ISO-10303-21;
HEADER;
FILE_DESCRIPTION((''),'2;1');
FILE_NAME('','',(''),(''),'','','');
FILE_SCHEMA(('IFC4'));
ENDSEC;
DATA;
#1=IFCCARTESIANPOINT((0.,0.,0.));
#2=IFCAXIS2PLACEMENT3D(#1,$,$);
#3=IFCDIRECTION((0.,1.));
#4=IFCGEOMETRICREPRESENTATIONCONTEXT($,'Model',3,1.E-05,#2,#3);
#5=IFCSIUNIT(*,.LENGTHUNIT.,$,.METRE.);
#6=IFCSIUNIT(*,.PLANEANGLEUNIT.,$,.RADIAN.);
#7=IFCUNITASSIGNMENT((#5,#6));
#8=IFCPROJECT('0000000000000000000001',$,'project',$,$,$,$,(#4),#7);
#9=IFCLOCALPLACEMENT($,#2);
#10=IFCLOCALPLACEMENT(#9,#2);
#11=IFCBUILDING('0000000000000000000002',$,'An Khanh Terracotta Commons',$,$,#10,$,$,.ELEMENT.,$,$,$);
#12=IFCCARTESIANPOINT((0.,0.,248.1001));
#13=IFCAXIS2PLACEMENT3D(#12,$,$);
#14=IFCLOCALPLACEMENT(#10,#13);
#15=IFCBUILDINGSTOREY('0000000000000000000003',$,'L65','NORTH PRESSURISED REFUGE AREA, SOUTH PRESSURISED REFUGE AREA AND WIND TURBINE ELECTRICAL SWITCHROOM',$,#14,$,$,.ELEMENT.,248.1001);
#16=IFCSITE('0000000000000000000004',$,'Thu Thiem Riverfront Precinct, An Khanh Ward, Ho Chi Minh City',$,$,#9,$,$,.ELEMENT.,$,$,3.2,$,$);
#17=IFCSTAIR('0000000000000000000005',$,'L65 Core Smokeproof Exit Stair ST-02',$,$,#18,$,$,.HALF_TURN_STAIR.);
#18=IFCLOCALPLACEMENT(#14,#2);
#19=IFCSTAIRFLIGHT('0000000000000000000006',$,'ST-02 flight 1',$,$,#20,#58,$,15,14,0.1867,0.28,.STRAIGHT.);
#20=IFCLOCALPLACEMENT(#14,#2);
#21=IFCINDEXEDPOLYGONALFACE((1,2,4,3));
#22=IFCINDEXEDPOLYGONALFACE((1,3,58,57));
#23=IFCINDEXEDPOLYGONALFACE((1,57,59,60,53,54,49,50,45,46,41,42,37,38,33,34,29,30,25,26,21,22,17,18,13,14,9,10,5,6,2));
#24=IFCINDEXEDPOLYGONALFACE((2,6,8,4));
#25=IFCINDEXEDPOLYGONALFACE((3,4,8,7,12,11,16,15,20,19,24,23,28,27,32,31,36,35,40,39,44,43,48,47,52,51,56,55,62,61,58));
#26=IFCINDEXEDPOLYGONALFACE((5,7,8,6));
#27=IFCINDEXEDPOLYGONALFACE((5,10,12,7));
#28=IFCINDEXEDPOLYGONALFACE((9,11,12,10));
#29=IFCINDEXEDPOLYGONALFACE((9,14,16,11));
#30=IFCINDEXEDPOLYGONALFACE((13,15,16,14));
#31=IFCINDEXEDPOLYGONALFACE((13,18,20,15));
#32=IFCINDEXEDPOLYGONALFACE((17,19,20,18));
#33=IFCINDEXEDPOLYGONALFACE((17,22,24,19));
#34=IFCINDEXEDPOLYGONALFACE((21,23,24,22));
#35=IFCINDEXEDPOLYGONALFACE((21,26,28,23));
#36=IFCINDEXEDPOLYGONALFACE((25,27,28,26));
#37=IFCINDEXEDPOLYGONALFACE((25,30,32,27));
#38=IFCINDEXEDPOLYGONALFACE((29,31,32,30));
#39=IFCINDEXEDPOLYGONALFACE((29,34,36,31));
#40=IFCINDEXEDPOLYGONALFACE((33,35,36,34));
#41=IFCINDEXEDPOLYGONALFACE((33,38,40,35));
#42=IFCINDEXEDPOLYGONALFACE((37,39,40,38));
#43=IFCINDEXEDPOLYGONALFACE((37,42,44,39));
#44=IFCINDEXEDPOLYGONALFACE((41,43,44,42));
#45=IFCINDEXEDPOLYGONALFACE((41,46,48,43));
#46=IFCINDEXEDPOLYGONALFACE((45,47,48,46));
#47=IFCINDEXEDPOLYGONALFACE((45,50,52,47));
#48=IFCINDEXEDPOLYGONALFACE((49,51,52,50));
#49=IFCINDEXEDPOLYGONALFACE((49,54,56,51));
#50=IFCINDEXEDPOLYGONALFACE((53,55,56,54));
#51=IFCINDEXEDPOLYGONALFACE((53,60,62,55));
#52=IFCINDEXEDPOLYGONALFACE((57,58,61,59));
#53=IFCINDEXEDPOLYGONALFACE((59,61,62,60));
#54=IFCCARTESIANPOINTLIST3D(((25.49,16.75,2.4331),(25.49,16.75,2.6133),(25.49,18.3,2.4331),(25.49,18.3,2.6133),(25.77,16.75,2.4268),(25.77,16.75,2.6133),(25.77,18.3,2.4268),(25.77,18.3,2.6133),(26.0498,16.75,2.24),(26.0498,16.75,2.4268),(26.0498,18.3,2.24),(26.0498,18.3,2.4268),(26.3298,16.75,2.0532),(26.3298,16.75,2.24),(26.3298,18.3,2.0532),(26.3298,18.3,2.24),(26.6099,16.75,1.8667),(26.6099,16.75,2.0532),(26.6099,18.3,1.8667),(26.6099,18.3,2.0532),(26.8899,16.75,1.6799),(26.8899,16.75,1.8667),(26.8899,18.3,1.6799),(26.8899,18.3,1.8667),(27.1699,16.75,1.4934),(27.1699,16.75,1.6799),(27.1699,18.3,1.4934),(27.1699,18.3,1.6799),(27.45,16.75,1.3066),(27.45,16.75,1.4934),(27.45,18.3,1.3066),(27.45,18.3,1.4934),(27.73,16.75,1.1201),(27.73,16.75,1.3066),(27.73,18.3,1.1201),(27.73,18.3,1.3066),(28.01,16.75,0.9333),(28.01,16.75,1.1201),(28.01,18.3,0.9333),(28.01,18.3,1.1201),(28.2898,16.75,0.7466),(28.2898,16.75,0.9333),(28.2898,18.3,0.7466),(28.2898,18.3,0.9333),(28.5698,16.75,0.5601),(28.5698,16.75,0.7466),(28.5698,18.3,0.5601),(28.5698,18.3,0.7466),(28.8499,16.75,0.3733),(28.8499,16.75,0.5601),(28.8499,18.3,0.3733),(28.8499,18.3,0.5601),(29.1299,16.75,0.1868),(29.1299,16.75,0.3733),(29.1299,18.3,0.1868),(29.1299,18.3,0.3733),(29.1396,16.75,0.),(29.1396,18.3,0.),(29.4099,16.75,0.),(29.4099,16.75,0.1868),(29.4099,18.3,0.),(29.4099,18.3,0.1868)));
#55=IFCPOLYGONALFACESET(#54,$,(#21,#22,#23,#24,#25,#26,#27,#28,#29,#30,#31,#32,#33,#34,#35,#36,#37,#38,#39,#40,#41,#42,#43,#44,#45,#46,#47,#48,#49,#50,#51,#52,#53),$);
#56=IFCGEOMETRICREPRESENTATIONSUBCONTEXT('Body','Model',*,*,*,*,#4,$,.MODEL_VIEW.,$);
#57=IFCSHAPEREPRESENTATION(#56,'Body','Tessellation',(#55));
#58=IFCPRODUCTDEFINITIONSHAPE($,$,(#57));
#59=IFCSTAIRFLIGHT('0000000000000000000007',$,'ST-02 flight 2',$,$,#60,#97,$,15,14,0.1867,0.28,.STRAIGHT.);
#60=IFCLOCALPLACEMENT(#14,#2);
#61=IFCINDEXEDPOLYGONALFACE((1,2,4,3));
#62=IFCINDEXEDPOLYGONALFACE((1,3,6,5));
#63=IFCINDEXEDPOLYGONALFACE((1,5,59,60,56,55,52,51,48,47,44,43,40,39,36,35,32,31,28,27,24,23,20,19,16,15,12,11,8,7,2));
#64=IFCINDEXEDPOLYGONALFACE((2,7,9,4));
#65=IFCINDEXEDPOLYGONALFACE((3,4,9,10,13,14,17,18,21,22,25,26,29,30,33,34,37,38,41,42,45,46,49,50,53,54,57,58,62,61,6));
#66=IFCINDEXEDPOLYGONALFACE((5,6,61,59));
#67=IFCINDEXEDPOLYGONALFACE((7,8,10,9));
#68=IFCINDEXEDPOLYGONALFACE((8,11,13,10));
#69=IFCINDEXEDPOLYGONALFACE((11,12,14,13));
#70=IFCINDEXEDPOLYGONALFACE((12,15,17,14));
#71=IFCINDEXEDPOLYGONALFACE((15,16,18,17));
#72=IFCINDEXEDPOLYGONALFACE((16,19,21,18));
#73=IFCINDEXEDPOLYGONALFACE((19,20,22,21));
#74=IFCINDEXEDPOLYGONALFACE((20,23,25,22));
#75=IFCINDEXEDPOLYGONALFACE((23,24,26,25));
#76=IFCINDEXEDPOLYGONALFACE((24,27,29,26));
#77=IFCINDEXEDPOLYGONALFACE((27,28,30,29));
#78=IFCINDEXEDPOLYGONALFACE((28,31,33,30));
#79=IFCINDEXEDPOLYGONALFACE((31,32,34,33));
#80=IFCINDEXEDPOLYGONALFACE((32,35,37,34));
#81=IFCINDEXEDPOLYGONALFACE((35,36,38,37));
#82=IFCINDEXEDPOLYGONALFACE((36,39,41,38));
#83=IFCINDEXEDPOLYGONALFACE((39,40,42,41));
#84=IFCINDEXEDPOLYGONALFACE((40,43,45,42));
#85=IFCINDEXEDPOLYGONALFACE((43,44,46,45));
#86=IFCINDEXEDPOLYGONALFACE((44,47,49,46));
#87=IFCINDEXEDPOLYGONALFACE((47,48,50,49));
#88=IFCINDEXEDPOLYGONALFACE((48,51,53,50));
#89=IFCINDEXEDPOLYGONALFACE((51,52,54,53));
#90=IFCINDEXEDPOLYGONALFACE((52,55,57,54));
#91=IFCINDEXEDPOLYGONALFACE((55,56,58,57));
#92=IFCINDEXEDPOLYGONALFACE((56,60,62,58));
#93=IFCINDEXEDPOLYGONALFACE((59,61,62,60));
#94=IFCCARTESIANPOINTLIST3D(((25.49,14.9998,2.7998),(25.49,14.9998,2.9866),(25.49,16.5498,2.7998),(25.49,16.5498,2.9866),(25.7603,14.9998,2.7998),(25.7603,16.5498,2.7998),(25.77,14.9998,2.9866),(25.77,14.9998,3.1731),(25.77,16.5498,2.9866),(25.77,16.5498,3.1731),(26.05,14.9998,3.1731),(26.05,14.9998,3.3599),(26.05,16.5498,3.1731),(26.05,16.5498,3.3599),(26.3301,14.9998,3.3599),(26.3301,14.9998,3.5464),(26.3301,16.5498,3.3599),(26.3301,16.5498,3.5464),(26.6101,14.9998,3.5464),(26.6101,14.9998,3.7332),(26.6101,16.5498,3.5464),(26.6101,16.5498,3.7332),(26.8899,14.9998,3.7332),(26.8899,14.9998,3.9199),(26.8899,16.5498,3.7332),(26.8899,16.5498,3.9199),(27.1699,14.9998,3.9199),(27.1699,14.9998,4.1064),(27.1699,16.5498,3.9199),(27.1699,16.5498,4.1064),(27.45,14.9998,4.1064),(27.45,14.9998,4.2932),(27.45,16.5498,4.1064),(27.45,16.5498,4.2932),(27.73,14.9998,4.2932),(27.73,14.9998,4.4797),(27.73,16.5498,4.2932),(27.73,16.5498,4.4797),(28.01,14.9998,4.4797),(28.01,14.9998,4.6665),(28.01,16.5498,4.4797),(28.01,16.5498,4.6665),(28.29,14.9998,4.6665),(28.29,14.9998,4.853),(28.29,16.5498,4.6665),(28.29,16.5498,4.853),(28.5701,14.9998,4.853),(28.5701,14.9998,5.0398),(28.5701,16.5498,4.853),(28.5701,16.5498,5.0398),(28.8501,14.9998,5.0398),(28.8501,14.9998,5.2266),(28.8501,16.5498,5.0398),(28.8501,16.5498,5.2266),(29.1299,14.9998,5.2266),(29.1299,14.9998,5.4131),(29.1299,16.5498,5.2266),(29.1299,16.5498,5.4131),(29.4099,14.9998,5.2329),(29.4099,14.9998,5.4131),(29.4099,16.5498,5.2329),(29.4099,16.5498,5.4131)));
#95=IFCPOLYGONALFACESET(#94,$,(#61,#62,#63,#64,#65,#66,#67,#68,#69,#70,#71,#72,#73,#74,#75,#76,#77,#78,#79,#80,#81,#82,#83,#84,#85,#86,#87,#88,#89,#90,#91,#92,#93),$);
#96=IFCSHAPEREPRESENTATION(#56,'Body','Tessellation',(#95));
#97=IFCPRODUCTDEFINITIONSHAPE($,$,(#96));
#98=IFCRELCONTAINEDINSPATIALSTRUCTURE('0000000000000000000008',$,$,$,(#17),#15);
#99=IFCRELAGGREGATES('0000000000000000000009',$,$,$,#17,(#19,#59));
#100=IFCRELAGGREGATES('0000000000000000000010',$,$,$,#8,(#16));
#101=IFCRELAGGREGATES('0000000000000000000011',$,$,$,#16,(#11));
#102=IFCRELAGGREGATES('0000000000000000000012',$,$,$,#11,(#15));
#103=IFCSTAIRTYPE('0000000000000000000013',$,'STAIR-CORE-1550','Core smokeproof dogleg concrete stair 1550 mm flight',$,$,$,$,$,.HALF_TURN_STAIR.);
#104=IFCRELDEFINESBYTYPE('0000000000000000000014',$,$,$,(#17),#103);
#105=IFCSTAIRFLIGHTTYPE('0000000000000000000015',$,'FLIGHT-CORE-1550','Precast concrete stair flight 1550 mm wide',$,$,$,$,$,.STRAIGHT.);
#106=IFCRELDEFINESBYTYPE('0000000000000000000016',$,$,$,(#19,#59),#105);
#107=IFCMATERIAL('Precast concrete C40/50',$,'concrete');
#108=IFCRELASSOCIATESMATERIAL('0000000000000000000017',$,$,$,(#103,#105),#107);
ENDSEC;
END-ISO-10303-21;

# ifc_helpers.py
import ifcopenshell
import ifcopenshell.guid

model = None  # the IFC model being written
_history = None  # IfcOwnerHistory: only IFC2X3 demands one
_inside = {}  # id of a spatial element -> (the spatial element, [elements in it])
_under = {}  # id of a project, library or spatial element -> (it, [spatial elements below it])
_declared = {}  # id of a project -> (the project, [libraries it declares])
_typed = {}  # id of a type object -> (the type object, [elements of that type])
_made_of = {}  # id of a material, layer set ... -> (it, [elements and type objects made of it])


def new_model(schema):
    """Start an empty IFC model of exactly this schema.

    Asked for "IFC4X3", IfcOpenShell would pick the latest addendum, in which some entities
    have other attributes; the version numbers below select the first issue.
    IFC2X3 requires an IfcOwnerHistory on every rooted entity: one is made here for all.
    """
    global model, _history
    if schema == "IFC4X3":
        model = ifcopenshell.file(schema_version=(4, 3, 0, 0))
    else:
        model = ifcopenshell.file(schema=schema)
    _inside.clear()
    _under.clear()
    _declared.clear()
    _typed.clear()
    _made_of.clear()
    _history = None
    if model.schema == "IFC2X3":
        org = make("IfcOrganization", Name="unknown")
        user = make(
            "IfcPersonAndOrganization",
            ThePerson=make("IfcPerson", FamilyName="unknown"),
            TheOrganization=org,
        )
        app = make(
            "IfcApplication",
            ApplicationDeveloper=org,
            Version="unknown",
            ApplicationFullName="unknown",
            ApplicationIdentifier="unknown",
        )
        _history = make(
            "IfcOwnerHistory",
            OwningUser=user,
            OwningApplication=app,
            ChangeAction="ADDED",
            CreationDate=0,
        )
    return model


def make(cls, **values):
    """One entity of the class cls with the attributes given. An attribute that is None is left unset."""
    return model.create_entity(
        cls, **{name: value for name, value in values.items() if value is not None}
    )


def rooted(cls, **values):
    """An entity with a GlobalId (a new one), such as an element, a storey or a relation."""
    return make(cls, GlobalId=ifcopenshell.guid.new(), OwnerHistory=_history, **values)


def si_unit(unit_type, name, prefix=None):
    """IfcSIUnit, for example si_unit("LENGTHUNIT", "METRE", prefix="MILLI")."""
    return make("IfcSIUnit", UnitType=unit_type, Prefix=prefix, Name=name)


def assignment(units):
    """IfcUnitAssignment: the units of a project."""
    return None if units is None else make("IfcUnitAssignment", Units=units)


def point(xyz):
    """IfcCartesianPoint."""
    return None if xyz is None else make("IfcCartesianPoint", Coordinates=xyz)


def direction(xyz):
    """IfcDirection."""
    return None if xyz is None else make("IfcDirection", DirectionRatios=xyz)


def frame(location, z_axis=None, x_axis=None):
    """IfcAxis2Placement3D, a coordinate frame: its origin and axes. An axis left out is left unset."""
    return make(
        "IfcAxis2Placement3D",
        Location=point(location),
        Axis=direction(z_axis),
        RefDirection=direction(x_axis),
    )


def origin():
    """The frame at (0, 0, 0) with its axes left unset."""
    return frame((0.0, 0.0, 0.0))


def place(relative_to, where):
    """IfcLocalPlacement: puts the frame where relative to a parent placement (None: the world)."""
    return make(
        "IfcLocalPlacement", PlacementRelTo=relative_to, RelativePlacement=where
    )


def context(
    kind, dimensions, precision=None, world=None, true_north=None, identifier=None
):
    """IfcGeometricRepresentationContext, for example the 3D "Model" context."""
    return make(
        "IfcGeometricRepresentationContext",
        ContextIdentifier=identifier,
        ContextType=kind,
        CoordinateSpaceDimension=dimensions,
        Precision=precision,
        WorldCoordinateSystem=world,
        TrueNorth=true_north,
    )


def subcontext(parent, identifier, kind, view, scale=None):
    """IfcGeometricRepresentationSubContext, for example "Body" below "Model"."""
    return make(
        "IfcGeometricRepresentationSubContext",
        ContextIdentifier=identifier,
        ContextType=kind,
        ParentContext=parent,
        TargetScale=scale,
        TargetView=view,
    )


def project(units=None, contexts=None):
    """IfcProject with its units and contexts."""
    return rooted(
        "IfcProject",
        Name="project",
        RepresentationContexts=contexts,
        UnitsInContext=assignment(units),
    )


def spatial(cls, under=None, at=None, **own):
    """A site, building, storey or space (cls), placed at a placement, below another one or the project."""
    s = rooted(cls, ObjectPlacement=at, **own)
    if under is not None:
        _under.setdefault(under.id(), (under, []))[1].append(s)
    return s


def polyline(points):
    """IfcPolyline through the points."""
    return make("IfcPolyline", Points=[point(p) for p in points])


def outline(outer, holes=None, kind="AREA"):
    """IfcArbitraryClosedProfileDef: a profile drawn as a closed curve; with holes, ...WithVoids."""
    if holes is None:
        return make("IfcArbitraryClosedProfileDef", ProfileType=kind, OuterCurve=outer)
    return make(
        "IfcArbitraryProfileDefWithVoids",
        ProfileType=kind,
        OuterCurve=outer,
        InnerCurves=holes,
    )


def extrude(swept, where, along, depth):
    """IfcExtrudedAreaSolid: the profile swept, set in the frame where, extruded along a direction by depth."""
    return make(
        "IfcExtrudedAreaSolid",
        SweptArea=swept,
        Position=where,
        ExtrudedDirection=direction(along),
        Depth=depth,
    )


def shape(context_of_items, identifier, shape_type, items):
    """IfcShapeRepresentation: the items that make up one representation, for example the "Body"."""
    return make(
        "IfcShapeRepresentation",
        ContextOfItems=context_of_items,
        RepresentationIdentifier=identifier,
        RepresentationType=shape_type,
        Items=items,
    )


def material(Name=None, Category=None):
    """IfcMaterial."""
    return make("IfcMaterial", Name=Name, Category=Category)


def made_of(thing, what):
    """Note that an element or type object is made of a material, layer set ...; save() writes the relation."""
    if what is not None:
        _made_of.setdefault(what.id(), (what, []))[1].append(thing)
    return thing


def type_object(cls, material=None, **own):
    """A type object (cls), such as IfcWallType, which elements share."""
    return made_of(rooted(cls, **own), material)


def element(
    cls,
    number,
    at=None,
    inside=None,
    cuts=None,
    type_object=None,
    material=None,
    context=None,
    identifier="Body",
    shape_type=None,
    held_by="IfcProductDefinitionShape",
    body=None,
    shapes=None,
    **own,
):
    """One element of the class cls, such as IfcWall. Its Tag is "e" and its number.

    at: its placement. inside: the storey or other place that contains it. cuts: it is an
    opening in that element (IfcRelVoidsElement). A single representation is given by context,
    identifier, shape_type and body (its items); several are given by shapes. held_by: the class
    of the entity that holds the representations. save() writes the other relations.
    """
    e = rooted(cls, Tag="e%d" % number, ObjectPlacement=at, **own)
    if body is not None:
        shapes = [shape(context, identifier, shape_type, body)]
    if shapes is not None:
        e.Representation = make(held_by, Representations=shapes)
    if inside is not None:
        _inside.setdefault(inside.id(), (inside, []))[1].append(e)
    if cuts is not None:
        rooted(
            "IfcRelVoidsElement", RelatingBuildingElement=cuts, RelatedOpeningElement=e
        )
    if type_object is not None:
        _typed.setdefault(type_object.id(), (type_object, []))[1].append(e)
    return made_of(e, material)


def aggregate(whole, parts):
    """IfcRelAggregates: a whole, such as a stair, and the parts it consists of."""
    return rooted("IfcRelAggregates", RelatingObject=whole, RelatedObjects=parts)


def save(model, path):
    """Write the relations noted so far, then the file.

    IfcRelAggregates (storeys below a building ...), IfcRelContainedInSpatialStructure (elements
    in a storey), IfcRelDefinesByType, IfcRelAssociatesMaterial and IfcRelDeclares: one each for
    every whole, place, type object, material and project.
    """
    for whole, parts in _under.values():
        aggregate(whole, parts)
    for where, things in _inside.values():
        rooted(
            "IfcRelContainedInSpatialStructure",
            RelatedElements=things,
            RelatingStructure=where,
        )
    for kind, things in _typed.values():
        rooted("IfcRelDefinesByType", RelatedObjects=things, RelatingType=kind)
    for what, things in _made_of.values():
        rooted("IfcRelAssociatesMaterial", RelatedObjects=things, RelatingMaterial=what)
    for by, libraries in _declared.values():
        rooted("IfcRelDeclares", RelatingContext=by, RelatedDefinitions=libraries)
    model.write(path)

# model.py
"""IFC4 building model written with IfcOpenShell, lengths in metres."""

from ifc_helpers import new_model, si_unit, direction, frame, origin, place, context, subcontext, project, spatial, polyline, outline, extrude, material, type_object, element, aggregate, save


model = new_model("IFC4")

# Units and contexts
model_context = context("Model", 3, precision=1e-05, world=origin(), true_north=direction((0.0, 1.0)))
body_context = subcontext(model_context, "Body", "Model", "MODEL_VIEW")
ifc_project = project(units=[si_unit("LENGTHUNIT", "METRE"), si_unit("PLANEANGLEUNIT", "RADIAN")], contexts=[model_context])

# Site, building, storey
site_placement = place(None, origin())
site = spatial("IfcSite", under=ifc_project, at=site_placement, Name="Thu Thiem Riverfront Precinct, An Khanh Ward, Ho Chi Minh City", CompositionType="ELEMENT", RefElevation=3.2)
building_placement = place(site_placement, origin())
building = spatial("IfcBuilding", under=site, at=building_placement, Name="An Khanh Terracotta Commons", CompositionType="ELEMENT")
storey_placement = place(building_placement, frame((0.0, 0.0, 248.1001)))
storey = spatial("IfcBuildingStorey", under=building, at=storey_placement, Name="L65", Description="NORTH PRESSURISED REFUGE AREA, SOUTH PRESSURISED REFUGE AREA AND WIND TURBINE ELECTRICAL SWITCHROOM", CompositionType="ELEMENT", Elevation=248.1001)

# Stair, stair flights
ifc_material_1 = material(Name="Precast concrete C40/50", Category="concrete")
stair_type = type_object("IfcStairType", Name="STAIR-CORE-1550", Description="Core smokeproof dogleg concrete stair 1550 mm flight", PredefinedType="HALF_TURN_STAIR", material=ifc_material_1)
stair_placement = place(storey_placement, origin())
stair = element("IfcStair", 1, at=stair_placement, inside=storey, type_object=stair_type, Name="L65 Core Smokeproof Exit Stair ST-02", PredefinedType="HALF_TURN_STAIR")
stair_flight_type = type_object("IfcStairFlightType", Name="FLIGHT-CORE-1550", Description="Precast concrete stair flight 1550 mm wide", PredefinedType="STRAIGHT", material=ifc_material_1)
stair_flight_1_placement = place(storey_placement, frame((29.4099, 17.5249, 0.0), z_axis=(0.0, 0.0, 1.0), x_axis=(-1.0, 0.0, 0.0)))
stair_flight_1 = element("IfcStairFlight", 2, at=stair_flight_1_placement, type_object=stair_flight_type, Name="ST-02 flight 1", NumberOfRisers=15, NumberOfTreads=14, PredefinedType="STRAIGHT", RiserHeight=0.1867, TreadLength=0.28, context=body_context, shape_type="SweptSolid", body=[
    extrude(outline(polyline([(0.0, 0.0), (0.0, 0.1868), (0.28, 0.1868), (0.28, 0.3733), (0.5601, 0.3733), (0.5601, 0.5601), (0.8401, 0.5601), (0.8401, 0.7466), (1.1201, 0.7466), (1.1201, 0.9333), (1.3999, 0.9333), (1.3999, 1.1201), (1.6799, 1.1201), (1.6799, 1.3066), (1.96, 1.3066), (1.96, 1.4934), (2.24, 1.4934), (2.24, 1.6799), (2.52, 1.6799), (2.52, 1.8667), (2.8, 1.8667), (2.8, 2.0532), (3.0801, 2.0532), (3.0801, 2.24), (3.3601, 2.24), (3.3601, 2.4268), (3.6399, 2.4268), (3.6399, 2.6133), (3.9199, 2.6133), (3.9199, 2.8), (3.9199, 2.4331), (0.2703, 0.0), (0.0, 0.0)])), frame((0.0, 0.7749, 0.0), z_axis=(0.0, -1.0, 0.0), x_axis=(1.0, 0.0, 0.0)), (0.0, 0.0, 1.0), 1.55),
])
stair_flight_2_placement = place(storey_placement, frame((25.49, 15.7749, 2.7998), z_axis=(0.0, 0.0, 1.0), x_axis=(1.0, 0.0, 0.0)))
stair_flight_2 = element("IfcStairFlight", 3, at=stair_flight_2_placement, type_object=stair_flight_type, Name="ST-02 flight 2", NumberOfRisers=15, NumberOfTreads=14, PredefinedType="STRAIGHT", RiserHeight=0.1867, TreadLength=0.28, context=body_context, shape_type="SweptSolid", body=[
    extrude(outline(polyline([(0.0, 0.0), (0.0, 0.1868), (0.28, 0.1868), (0.28, 0.3733), (0.5601, 0.3733), (0.5601, 0.5601), (0.8401, 0.5601), (0.8401, 0.7466), (1.1201, 0.7466), (1.1201, 0.9333), (1.3999, 0.9333), (1.3999, 1.1201), (1.6799, 1.1201), (1.6799, 1.3066), (1.96, 1.3066), (1.96, 1.4934), (2.24, 1.4934), (2.24, 1.6799), (2.52, 1.6799), (2.52, 1.8667), (2.8, 1.8667), (2.8, 2.0532), (3.0801, 2.0532), (3.0801, 2.24), (3.3601, 2.24), (3.3601, 2.4268), (3.6399, 2.4268), (3.6399, 2.6133), (3.9199, 2.6133), (3.9199, 2.8), (3.9199, 2.4331), (0.2703, 0.0), (0.0, 0.0)])), frame((0.0, 0.7749, 0.0), z_axis=(0.0, -1.0, 0.0), x_axis=(1.0, 0.0, 0.0)), (0.0, 0.0, 1.0), 1.55),
])
aggregate(stair, [stair_flight_1, stair_flight_2])

save(model, "model.ifc")
